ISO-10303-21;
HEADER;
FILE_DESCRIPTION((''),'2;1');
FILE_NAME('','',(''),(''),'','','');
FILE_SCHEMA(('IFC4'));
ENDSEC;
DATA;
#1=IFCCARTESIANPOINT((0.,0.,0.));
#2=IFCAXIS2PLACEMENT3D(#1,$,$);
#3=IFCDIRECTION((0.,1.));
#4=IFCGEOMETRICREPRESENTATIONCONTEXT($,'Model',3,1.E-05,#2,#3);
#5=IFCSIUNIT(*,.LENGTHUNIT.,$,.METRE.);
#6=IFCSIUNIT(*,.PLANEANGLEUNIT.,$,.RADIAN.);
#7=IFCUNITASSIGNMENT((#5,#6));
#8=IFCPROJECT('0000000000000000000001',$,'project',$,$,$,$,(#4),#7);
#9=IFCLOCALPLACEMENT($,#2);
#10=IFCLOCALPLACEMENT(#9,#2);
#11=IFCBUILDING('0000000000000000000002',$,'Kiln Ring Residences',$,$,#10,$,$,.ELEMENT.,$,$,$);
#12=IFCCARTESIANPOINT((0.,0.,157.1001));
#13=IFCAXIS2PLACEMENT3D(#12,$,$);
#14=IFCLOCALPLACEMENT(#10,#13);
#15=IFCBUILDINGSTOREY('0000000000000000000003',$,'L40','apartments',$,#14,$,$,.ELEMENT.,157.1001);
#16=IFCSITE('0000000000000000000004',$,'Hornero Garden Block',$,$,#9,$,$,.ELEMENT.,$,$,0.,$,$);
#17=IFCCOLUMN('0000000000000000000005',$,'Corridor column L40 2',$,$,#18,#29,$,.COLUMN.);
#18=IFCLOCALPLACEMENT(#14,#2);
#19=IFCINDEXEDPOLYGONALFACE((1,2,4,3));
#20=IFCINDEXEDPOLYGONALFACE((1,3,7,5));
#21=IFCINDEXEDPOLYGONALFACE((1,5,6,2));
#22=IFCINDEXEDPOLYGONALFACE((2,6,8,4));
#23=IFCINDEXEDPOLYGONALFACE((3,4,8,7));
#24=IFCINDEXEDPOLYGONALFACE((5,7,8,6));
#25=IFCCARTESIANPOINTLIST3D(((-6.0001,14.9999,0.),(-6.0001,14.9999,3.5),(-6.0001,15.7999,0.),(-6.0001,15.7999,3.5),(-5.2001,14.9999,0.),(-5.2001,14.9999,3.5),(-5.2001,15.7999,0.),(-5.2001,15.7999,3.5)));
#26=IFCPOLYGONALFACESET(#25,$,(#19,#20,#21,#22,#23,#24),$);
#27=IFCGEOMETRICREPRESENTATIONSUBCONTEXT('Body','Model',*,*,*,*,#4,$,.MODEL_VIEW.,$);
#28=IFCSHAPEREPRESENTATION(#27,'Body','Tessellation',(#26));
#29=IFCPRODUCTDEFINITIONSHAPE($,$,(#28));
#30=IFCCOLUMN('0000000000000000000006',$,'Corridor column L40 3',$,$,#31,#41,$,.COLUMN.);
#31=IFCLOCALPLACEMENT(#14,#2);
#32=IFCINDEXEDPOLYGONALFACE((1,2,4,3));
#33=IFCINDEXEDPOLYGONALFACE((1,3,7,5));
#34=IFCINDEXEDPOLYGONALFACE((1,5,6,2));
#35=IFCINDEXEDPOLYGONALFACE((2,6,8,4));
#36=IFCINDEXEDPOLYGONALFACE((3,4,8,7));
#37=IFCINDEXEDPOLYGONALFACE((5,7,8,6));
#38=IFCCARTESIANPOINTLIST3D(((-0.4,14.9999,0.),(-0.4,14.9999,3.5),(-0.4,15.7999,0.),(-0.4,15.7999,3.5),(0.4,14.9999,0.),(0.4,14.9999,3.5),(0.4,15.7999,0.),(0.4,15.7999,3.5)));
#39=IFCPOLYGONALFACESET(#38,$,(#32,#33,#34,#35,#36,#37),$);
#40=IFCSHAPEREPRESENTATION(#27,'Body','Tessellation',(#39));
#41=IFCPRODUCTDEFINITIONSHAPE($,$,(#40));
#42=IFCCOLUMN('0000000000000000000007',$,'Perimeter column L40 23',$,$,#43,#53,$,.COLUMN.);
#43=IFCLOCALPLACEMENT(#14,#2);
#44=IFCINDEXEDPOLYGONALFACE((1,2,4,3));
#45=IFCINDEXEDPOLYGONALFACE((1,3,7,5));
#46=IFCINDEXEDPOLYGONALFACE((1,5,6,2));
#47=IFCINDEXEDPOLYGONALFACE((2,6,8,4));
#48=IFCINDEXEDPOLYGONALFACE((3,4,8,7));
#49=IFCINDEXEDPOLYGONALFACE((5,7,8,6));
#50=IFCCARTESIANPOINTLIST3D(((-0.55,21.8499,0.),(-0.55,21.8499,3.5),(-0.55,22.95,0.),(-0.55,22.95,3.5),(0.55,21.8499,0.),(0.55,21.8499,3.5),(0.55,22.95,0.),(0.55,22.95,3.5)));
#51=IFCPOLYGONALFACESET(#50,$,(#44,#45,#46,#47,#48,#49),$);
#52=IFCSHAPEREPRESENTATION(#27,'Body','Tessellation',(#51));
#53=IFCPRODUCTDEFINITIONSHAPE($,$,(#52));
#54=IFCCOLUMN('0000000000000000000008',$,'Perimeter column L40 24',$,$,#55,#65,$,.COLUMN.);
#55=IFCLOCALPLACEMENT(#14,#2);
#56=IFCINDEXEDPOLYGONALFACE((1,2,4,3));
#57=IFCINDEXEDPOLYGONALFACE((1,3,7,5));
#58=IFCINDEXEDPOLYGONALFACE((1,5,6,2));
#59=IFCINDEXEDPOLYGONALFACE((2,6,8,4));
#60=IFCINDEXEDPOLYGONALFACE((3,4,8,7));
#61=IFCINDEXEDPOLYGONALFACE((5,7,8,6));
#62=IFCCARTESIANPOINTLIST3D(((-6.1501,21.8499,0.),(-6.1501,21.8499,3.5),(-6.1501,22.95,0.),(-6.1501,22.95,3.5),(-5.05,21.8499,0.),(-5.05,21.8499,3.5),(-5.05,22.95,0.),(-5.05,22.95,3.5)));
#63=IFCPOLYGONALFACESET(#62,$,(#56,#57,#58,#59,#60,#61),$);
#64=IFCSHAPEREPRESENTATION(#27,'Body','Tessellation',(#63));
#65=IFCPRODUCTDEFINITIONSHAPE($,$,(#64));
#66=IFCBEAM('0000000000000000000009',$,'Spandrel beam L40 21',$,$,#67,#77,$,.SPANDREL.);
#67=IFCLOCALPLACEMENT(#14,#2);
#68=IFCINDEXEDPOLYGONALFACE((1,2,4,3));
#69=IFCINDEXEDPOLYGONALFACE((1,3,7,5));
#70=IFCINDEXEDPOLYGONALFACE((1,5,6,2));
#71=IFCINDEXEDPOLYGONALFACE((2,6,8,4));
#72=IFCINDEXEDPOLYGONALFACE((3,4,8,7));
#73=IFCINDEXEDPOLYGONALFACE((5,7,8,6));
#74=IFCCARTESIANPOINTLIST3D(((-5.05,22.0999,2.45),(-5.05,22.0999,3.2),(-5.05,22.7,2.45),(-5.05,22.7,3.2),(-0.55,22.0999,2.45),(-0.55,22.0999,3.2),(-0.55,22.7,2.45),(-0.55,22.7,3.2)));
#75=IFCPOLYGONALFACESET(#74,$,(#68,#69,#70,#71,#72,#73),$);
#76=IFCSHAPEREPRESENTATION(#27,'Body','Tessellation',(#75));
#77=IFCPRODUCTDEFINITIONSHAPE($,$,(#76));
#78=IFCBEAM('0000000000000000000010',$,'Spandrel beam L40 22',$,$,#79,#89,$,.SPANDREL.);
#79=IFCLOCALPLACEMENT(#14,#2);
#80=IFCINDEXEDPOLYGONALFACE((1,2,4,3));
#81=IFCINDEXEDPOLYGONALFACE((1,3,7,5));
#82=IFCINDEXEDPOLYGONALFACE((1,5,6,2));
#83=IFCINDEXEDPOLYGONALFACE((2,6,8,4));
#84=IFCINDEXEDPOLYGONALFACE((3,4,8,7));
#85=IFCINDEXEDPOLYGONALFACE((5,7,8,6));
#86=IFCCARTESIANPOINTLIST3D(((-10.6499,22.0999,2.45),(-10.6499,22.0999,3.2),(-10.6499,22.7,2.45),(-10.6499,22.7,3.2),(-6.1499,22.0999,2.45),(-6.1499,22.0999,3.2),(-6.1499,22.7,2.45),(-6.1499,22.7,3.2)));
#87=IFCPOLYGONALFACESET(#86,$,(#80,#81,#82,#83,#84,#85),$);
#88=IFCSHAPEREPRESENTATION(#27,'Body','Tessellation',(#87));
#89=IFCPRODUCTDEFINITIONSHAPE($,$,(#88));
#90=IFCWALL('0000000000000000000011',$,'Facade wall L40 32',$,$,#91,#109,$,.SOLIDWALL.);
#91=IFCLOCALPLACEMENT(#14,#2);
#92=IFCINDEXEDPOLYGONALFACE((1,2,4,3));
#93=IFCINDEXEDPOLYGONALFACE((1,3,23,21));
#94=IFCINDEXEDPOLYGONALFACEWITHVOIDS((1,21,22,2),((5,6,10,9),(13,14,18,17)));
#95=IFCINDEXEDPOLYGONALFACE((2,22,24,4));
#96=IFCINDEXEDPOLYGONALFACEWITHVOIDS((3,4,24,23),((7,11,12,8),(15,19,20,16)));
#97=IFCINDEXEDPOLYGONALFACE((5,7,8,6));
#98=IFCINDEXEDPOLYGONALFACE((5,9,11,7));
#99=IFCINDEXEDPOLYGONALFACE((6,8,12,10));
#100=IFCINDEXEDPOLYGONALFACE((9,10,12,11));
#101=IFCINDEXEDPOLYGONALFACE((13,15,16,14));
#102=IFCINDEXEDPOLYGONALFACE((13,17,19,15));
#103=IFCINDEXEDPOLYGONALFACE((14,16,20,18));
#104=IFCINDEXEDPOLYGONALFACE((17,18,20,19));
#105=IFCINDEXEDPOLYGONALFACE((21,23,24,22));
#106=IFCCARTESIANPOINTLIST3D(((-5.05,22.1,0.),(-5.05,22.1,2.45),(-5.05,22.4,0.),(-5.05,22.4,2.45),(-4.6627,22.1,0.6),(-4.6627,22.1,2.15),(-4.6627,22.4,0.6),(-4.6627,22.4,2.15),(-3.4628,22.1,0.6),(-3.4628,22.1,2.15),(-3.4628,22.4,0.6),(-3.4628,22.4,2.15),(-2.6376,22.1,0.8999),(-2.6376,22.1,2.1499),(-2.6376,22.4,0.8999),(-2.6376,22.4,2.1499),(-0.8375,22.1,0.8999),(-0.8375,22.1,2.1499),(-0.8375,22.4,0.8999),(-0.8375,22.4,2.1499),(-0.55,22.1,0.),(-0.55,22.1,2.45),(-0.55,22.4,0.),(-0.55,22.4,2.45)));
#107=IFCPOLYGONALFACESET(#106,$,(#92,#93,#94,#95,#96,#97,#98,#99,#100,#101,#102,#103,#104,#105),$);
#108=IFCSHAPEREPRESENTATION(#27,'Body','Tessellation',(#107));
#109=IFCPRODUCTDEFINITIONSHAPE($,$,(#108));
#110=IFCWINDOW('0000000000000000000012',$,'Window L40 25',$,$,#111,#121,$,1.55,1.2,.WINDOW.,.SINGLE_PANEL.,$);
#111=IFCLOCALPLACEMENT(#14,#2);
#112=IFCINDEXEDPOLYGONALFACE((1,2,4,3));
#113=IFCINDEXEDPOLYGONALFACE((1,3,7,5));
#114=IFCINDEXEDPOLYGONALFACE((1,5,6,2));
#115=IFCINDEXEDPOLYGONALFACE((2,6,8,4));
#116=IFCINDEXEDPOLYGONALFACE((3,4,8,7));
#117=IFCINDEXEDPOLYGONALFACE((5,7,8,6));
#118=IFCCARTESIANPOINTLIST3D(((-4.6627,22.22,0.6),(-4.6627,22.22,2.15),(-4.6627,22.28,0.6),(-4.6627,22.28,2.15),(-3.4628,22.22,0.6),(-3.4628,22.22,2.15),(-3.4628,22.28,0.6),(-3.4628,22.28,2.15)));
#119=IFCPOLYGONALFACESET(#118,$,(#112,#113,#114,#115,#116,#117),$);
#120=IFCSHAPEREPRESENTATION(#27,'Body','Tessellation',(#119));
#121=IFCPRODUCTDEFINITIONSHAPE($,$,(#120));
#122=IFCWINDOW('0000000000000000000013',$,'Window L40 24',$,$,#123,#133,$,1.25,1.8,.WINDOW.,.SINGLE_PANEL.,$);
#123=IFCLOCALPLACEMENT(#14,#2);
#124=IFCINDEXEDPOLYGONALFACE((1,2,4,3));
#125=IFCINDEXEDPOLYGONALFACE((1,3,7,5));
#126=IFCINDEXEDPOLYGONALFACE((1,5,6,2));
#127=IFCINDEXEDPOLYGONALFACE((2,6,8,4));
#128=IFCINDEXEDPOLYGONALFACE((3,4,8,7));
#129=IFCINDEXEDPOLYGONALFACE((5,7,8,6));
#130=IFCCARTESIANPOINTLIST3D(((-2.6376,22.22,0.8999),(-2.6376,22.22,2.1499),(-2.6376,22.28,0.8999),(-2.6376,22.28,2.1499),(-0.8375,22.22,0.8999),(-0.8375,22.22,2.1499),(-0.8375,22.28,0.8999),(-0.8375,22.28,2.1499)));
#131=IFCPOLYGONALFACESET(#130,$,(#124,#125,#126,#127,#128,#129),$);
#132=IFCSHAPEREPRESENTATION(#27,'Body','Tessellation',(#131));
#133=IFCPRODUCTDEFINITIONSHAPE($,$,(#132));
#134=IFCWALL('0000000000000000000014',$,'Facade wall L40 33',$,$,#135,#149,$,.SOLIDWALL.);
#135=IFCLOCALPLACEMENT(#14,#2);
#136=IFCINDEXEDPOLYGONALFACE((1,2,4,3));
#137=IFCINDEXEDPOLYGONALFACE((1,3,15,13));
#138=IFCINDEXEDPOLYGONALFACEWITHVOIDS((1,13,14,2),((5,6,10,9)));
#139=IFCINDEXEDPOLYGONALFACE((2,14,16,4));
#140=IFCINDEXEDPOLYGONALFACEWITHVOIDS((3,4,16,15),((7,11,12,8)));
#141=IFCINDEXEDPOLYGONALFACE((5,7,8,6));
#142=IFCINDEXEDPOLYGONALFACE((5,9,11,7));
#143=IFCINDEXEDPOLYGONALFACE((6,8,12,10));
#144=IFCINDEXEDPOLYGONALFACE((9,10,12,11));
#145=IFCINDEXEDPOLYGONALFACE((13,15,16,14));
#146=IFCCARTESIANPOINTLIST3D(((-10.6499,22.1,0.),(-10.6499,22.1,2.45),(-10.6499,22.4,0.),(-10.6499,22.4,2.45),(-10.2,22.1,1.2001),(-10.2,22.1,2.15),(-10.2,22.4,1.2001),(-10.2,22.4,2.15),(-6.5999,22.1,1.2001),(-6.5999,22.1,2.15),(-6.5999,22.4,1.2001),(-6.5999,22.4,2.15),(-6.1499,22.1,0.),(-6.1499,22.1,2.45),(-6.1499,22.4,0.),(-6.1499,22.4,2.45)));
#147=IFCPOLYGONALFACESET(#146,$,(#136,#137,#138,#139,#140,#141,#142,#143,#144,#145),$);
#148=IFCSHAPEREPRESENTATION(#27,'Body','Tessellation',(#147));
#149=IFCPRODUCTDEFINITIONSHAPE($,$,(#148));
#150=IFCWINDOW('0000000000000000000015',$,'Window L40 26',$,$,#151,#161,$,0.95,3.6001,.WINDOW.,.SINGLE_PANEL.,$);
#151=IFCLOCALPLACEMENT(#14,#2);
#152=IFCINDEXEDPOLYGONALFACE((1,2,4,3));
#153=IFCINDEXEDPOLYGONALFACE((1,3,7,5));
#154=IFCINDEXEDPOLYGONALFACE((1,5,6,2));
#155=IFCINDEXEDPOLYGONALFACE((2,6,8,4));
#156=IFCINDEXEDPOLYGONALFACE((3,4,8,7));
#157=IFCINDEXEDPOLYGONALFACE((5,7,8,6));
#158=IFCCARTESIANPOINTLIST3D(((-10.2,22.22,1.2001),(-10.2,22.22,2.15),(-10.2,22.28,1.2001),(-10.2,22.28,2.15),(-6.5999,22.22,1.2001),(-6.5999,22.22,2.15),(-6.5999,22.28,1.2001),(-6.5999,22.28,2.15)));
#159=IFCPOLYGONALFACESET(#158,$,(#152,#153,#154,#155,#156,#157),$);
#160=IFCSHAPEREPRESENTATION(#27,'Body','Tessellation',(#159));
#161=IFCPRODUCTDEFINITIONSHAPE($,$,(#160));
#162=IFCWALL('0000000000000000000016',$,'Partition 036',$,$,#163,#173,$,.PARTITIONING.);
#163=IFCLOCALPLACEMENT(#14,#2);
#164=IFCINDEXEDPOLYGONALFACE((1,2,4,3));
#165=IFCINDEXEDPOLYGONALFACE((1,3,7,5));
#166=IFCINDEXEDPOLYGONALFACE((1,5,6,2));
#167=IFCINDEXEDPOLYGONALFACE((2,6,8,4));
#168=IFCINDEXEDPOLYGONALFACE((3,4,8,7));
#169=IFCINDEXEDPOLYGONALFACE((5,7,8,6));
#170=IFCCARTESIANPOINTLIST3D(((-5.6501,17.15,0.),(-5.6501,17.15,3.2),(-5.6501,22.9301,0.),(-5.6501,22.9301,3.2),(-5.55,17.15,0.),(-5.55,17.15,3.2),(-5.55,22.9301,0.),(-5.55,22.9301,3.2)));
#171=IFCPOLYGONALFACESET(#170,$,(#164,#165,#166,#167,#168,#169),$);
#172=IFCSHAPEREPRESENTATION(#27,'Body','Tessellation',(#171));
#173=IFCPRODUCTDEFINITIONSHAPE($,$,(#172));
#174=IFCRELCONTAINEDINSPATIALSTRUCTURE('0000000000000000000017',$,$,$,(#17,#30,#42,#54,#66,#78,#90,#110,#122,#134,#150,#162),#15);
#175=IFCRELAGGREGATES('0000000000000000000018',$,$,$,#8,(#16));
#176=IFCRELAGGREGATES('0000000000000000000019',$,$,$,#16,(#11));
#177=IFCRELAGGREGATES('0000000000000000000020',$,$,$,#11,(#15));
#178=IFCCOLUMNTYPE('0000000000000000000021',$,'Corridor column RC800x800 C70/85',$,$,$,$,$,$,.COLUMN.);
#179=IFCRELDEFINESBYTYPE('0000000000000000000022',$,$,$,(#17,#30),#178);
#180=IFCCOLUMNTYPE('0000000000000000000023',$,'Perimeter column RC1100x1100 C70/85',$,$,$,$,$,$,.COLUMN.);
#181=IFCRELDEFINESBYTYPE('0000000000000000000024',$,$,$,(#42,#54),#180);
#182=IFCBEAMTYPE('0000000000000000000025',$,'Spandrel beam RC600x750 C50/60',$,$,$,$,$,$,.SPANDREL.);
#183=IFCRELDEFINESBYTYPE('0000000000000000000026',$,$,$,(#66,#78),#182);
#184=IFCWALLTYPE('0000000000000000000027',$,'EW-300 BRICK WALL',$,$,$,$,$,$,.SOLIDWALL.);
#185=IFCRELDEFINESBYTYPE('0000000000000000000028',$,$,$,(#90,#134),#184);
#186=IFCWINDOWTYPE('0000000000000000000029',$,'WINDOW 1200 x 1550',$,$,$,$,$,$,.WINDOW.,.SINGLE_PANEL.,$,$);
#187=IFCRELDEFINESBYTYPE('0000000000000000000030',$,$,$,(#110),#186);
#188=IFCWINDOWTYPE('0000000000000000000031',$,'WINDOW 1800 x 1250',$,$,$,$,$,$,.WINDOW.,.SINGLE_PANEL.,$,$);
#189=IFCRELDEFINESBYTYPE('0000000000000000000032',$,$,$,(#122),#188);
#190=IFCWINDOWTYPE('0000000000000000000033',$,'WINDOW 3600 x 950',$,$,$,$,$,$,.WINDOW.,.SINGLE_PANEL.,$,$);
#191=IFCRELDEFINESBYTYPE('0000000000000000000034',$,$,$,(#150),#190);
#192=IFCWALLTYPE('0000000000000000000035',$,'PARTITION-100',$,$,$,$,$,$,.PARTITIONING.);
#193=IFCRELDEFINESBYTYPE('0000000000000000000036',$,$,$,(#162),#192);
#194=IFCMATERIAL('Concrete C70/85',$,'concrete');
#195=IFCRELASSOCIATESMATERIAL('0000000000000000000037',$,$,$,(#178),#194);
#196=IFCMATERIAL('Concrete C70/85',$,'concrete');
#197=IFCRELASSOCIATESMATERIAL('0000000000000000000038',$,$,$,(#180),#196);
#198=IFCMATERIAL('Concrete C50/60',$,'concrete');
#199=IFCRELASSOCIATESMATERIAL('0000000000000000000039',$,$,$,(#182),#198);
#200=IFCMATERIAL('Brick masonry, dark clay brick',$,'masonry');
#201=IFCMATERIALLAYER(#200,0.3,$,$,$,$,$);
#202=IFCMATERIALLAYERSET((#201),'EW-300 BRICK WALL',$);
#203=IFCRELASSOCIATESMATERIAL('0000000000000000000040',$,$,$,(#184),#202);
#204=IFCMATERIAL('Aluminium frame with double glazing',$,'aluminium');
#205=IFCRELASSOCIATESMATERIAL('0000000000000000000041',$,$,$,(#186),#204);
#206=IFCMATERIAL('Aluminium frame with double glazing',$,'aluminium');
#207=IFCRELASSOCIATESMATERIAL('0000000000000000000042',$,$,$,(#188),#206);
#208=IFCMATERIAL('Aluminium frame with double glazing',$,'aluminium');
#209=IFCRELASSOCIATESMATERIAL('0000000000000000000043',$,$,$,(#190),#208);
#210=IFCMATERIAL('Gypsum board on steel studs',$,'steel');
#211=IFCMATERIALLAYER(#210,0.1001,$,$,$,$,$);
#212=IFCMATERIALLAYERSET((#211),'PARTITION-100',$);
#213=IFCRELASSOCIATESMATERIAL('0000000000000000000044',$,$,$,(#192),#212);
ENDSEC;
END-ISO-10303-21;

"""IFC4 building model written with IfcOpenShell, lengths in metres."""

from ifc_helpers import new_model, si_unit, direction, frame, frame_2d, origin, origin_2d, place, context, subcontext, project, spatial, rectangle, extrude, material, layer, layer_set, material_profile, profile_set, type_object, element, fill, save


model = new_model("IFC4")

# Units and contexts
model_context = context("Model", 3, precision=1e-05, world=origin(), true_north=direction((0.0, 1.0)))
body_context = subcontext(model_context, "Body", "Model", "MODEL_VIEW")
ifc_project = project(units=[si_unit("LENGTHUNIT", "METRE"), si_unit("PLANEANGLEUNIT", "RADIAN")], contexts=[model_context])

# Site, building, storey
site_placement = place(None, origin())
site = spatial("IfcSite", under=ifc_project, at=site_placement, Name="Hornero Garden Block", CompositionType="ELEMENT", RefElevation=0.0)
building_placement = place(site_placement, origin())
building = spatial("IfcBuilding", under=site, at=building_placement, Name="Kiln Ring Residences", CompositionType="ELEMENT")
storey_placement = place(building_placement, frame((0.0, 0.0, 157.1001)))
storey = spatial("IfcBuildingStorey", under=building, at=storey_placement, Name="L40", Description="apartments", CompositionType="ELEMENT", Elevation=157.1001)

# Columns
ifc_material_1 = material(Name="Concrete C70/85", Category="concrete")
ifc_material_profile_1 = material_profile(ifc_material_1, rectangle(XDim=0.8, YDim=0.8, at=origin_2d()), Name="RC800x800")
ifc_profile_set_1 = profile_set([ifc_material_profile_1], Name="Concrete C70/85")
column_type_1 = type_object("IfcColumnType", Name="Corridor column RC800x800 C70/85", PredefinedType="COLUMN", material=ifc_profile_set_1)
for number, where, z_axis, x_axis, name in (
    (1, (-5.6001, 15.3999, 0.0), (0.0, 0.0, 1.0), (1.0, 0.0, 0.0), "Corridor column L40 2"),
    (2, (0.0, 15.3999, 0.0), (0.0, 0.0, 1.0), (1.0, 0.0, 0.0), "Corridor column L40 3"),
):
    element("IfcColumn", number, at=place(storey_placement, frame(where, z_axis=z_axis, x_axis=x_axis)), inside=storey, type_object=column_type_1, Name=name, PredefinedType="COLUMN", context=body_context, shape_type="SweptSolid", body=[
        extrude(rectangle(XDim=0.8, YDim=0.8, at=origin_2d()), origin(), (0.0, 0.0, 1.0), 3.5),
    ])
ifc_material_2 = material(Name="Concrete C70/85", Category="concrete")
ifc_material_profile_2 = material_profile(ifc_material_2, rectangle(XDim=1.1001, YDim=1.1001, at=origin_2d()), Name="RC1100x1100")
ifc_profile_set_2 = profile_set([ifc_material_profile_2], Name="Concrete C70/85")
column_type_2 = type_object("IfcColumnType", Name="Perimeter column RC1100x1100 C70/85", PredefinedType="COLUMN", material=ifc_profile_set_2)
for number, where, z_axis, x_axis, name in (
    (3, (0.0, 22.3999, 0.0), (0.0, 0.0, 1.0), (1.0, 0.0, 0.0), "Perimeter column L40 23"),
    (4, (-5.6001, 22.3999, 0.0), (0.0, 0.0, 1.0), (1.0, 0.0, 0.0), "Perimeter column L40 24"),
):
    element("IfcColumn", number, at=place(storey_placement, frame(where, z_axis=z_axis, x_axis=x_axis)), inside=storey, type_object=column_type_2, Name=name, PredefinedType="COLUMN", context=body_context, shape_type="SweptSolid", body=[
        extrude(rectangle(XDim=1.1001, YDim=1.1001, at=origin_2d()), origin(), (0.0, 0.0, 1.0), 3.5),
    ])

# Beams
ifc_material_3 = material(Name="Concrete C50/60", Category="concrete")
ifc_material_profile_3 = material_profile(ifc_material_3, rectangle(XDim=0.6001, YDim=0.75, at=origin_2d()), Name="RC600x750")
ifc_profile_set_3 = profile_set([ifc_material_profile_3], Name="Concrete C50/60")
beam_type = type_object("IfcBeamType", Name="Spandrel beam RC600x750 C50/60", PredefinedType="SPANDREL", material=ifc_profile_set_3)
for number, where, z_axis, x_axis, name in (
    (5, (-0.55, 22.3999, 2.825), (-1.0, 0.0, 0.0), (0.0, -1.0, 0.0), "Spandrel beam L40 21"),
    (6, (-6.1499, 22.3999, 2.825), (-1.0, 0.0, 0.0), (0.0, -1.0, 0.0), "Spandrel beam L40 22"),
):
    element("IfcBeam", number, at=place(storey_placement, frame(where, z_axis=z_axis, x_axis=x_axis)), inside=storey, type_object=beam_type, Name=name, PredefinedType="SPANDREL", context=body_context, shape_type="SweptSolid", body=[
        extrude(rectangle(XDim=0.6001, YDim=0.75, at=origin_2d()), origin(), (0.0, 0.0, 1.0), 4.5),
    ])

# Wall, openings, windows
ifc_material_4 = material(Name="Brick masonry, dark clay brick", Category="masonry")
ifc_layer_1 = layer(ifc_material_4, 0.3)
ifc_layer_set_1 = layer_set([ifc_layer_1], Name="EW-300 BRICK WALL")
wall_type_1 = type_object("IfcWallType", Name="EW-300 BRICK WALL", PredefinedType="SOLIDWALL", material=ifc_layer_set_1)
wall_1_placement = place(storey_placement, frame((-0.55, 22.25, 0.0), z_axis=(0.0, 0.0, 1.0), x_axis=(-1.0, 0.0, 0.0)))
wall_1 = element("IfcWall", 7, at=wall_1_placement, inside=storey, type_object=wall_type_1, Name="Facade wall L40 32", PredefinedType="SOLIDWALL", context=body_context, shape_type="SweptSolid", body=[
    extrude(rectangle(XDim=4.5, YDim=0.3, at=frame_2d((2.25, 0.0))), origin(), (0.0, 0.0, 1.0), 2.45),
])
opening_1_placement = place(wall_1_placement, frame((0.2876, 0.0, 0.8999)))
opening_1 = element("IfcOpeningElement", 8, at=opening_1_placement, cuts=wall_1, PredefinedType="OPENING", context=body_context, shape_type="SweptSolid", body=[
    extrude(rectangle(XDim=1.8, YDim=1.25, at=frame_2d((0.8999, 0.625))), frame((0.0, 0.1599, 0.0), z_axis=(0.0, -1.0, 0.0), x_axis=(1.0, 0.0, 0.0)), (0.0, 0.0, 1.0), 0.3201),
])
opening_2_placement = place(wall_1_placement, frame((2.9126, 0.0, 0.6001)))
opening_2 = element("IfcOpeningElement", 9, at=opening_2_placement, cuts=wall_1, PredefinedType="OPENING", context=body_context, shape_type="SweptSolid", body=[
    extrude(rectangle(XDim=1.2, YDim=1.55, at=frame_2d((0.6001, 0.7749))), frame((0.0, 0.1599, 0.0), z_axis=(0.0, -1.0, 0.0), x_axis=(1.0, 0.0, 0.0)), (0.0, 0.0, 1.0), 0.3201),
])
ifc_material_5 = material(Name="Aluminium frame with double glazing", Category="aluminium")
window_type_1 = type_object("IfcWindowType", Name="WINDOW 1200 x 1550", PartitioningType="SINGLE_PANEL", PredefinedType="WINDOW", material=ifc_material_5)
window_1_placement = place(opening_2_placement, origin())
window_1 = element("IfcWindow", 10, at=window_1_placement, inside=storey, type_object=window_type_1, Name="Window L40 25", OverallHeight=1.55, OverallWidth=1.2, PartitioningType="SINGLE_PANEL", PredefinedType="WINDOW", context=body_context, shape_type="SweptSolid", body=[
    extrude(rectangle(XDim=1.2, YDim=1.55, at=frame_2d((0.6001, 0.7749))), frame((0.0, 0.03, 0.0), z_axis=(0.0, -1.0, 0.0), x_axis=(1.0, 0.0, 0.0)), (0.0, 0.0, 1.0), 0.0601),
])
fill(opening_2, window_1)
ifc_material_6 = material(Name="Aluminium frame with double glazing", Category="aluminium")
window_type_2 = type_object("IfcWindowType", Name="WINDOW 1800 x 1250", PartitioningType="SINGLE_PANEL", PredefinedType="WINDOW", material=ifc_material_6)
window_2_placement = place(opening_1_placement, origin())
window_2 = element("IfcWindow", 11, at=window_2_placement, inside=storey, type_object=window_type_2, Name="Window L40 24", OverallHeight=1.25, OverallWidth=1.8, PartitioningType="SINGLE_PANEL", PredefinedType="WINDOW", context=body_context, shape_type="SweptSolid", body=[
    extrude(rectangle(XDim=1.8, YDim=1.25, at=frame_2d((0.8999, 0.625))), frame((0.0, 0.03, 0.0), z_axis=(0.0, -1.0, 0.0), x_axis=(1.0, 0.0, 0.0)), (0.0, 0.0, 1.0), 0.0601),
])
fill(opening_1, window_2)

# Wall, opening, window
wall_2_placement = place(storey_placement, frame((-6.1499, 22.25, 0.0), z_axis=(0.0, 0.0, 1.0), x_axis=(-1.0, 0.0, 0.0)))
wall_2 = element("IfcWall", 12, at=wall_2_placement, inside=storey, type_object=wall_type_1, Name="Facade wall L40 33", PredefinedType="SOLIDWALL", context=body_context, shape_type="SweptSolid", body=[
    extrude(rectangle(XDim=4.5, YDim=0.3, at=frame_2d((2.25, 0.0))), origin(), (0.0, 0.0, 1.0), 2.45),
])
opening_3_placement = place(wall_2_placement, frame((0.45, 0.0, 1.2)))
opening_3 = element("IfcOpeningElement", 13, at=opening_3_placement, cuts=wall_2, PredefinedType="OPENING", context=body_context, shape_type="SweptSolid", body=[
    extrude(rectangle(XDim=3.6001, YDim=0.95, at=frame_2d((1.8, 0.4751))), frame((0.0, 0.1599, 0.0), z_axis=(0.0, -1.0, 0.0), x_axis=(1.0, 0.0, 0.0)), (0.0, 0.0, 1.0), 0.3201),
])
ifc_material_7 = material(Name="Aluminium frame with double glazing", Category="aluminium")
window_type_3 = type_object("IfcWindowType", Name="WINDOW 3600 x 950", PartitioningType="SINGLE_PANEL", PredefinedType="WINDOW", material=ifc_material_7)
window_3_placement = place(opening_3_placement, origin())
window_3 = element("IfcWindow", 14, at=window_3_placement, inside=storey, type_object=window_type_3, Name="Window L40 26", OverallHeight=0.95, OverallWidth=3.6001, PartitioningType="SINGLE_PANEL", PredefinedType="WINDOW", context=body_context, shape_type="SweptSolid", body=[
    extrude(rectangle(XDim=3.6001, YDim=0.95, at=frame_2d((1.8, 0.4751))), frame((0.0, 0.03, 0.0), z_axis=(0.0, -1.0, 0.0), x_axis=(1.0, 0.0, 0.0)), (0.0, 0.0, 1.0), 0.0601),
])
fill(opening_3, window_3)

# Wall
ifc_material_8 = material(Name="Gypsum board on steel studs", Category="steel")
ifc_layer_2 = layer(ifc_material_8, 0.1001)
ifc_layer_set_2 = layer_set([ifc_layer_2], Name="PARTITION-100")
wall_type_2 = type_object("IfcWallType", Name="PARTITION-100", PredefinedType="PARTITIONING", material=ifc_layer_set_2)
wall_3_placement = place(storey_placement, frame((-5.6001, 17.1499, 0.0), z_axis=(0.0, 0.0, 1.0), x_axis=(0.0, 1.0, 0.0)))
element("IfcWall", 15, at=wall_3_placement, inside=storey, type_object=wall_type_2, Name="Partition 036", PredefinedType="PARTITIONING", context=body_context, shape_type="SweptSolid", body=[
    extrude(rectangle(XDim=5.78, YDim=0.1001, at=frame_2d((2.8901, 0.0))), origin(), (0.0, 0.0, 1.0), 3.2),
])

save(model, "model.ifc")
